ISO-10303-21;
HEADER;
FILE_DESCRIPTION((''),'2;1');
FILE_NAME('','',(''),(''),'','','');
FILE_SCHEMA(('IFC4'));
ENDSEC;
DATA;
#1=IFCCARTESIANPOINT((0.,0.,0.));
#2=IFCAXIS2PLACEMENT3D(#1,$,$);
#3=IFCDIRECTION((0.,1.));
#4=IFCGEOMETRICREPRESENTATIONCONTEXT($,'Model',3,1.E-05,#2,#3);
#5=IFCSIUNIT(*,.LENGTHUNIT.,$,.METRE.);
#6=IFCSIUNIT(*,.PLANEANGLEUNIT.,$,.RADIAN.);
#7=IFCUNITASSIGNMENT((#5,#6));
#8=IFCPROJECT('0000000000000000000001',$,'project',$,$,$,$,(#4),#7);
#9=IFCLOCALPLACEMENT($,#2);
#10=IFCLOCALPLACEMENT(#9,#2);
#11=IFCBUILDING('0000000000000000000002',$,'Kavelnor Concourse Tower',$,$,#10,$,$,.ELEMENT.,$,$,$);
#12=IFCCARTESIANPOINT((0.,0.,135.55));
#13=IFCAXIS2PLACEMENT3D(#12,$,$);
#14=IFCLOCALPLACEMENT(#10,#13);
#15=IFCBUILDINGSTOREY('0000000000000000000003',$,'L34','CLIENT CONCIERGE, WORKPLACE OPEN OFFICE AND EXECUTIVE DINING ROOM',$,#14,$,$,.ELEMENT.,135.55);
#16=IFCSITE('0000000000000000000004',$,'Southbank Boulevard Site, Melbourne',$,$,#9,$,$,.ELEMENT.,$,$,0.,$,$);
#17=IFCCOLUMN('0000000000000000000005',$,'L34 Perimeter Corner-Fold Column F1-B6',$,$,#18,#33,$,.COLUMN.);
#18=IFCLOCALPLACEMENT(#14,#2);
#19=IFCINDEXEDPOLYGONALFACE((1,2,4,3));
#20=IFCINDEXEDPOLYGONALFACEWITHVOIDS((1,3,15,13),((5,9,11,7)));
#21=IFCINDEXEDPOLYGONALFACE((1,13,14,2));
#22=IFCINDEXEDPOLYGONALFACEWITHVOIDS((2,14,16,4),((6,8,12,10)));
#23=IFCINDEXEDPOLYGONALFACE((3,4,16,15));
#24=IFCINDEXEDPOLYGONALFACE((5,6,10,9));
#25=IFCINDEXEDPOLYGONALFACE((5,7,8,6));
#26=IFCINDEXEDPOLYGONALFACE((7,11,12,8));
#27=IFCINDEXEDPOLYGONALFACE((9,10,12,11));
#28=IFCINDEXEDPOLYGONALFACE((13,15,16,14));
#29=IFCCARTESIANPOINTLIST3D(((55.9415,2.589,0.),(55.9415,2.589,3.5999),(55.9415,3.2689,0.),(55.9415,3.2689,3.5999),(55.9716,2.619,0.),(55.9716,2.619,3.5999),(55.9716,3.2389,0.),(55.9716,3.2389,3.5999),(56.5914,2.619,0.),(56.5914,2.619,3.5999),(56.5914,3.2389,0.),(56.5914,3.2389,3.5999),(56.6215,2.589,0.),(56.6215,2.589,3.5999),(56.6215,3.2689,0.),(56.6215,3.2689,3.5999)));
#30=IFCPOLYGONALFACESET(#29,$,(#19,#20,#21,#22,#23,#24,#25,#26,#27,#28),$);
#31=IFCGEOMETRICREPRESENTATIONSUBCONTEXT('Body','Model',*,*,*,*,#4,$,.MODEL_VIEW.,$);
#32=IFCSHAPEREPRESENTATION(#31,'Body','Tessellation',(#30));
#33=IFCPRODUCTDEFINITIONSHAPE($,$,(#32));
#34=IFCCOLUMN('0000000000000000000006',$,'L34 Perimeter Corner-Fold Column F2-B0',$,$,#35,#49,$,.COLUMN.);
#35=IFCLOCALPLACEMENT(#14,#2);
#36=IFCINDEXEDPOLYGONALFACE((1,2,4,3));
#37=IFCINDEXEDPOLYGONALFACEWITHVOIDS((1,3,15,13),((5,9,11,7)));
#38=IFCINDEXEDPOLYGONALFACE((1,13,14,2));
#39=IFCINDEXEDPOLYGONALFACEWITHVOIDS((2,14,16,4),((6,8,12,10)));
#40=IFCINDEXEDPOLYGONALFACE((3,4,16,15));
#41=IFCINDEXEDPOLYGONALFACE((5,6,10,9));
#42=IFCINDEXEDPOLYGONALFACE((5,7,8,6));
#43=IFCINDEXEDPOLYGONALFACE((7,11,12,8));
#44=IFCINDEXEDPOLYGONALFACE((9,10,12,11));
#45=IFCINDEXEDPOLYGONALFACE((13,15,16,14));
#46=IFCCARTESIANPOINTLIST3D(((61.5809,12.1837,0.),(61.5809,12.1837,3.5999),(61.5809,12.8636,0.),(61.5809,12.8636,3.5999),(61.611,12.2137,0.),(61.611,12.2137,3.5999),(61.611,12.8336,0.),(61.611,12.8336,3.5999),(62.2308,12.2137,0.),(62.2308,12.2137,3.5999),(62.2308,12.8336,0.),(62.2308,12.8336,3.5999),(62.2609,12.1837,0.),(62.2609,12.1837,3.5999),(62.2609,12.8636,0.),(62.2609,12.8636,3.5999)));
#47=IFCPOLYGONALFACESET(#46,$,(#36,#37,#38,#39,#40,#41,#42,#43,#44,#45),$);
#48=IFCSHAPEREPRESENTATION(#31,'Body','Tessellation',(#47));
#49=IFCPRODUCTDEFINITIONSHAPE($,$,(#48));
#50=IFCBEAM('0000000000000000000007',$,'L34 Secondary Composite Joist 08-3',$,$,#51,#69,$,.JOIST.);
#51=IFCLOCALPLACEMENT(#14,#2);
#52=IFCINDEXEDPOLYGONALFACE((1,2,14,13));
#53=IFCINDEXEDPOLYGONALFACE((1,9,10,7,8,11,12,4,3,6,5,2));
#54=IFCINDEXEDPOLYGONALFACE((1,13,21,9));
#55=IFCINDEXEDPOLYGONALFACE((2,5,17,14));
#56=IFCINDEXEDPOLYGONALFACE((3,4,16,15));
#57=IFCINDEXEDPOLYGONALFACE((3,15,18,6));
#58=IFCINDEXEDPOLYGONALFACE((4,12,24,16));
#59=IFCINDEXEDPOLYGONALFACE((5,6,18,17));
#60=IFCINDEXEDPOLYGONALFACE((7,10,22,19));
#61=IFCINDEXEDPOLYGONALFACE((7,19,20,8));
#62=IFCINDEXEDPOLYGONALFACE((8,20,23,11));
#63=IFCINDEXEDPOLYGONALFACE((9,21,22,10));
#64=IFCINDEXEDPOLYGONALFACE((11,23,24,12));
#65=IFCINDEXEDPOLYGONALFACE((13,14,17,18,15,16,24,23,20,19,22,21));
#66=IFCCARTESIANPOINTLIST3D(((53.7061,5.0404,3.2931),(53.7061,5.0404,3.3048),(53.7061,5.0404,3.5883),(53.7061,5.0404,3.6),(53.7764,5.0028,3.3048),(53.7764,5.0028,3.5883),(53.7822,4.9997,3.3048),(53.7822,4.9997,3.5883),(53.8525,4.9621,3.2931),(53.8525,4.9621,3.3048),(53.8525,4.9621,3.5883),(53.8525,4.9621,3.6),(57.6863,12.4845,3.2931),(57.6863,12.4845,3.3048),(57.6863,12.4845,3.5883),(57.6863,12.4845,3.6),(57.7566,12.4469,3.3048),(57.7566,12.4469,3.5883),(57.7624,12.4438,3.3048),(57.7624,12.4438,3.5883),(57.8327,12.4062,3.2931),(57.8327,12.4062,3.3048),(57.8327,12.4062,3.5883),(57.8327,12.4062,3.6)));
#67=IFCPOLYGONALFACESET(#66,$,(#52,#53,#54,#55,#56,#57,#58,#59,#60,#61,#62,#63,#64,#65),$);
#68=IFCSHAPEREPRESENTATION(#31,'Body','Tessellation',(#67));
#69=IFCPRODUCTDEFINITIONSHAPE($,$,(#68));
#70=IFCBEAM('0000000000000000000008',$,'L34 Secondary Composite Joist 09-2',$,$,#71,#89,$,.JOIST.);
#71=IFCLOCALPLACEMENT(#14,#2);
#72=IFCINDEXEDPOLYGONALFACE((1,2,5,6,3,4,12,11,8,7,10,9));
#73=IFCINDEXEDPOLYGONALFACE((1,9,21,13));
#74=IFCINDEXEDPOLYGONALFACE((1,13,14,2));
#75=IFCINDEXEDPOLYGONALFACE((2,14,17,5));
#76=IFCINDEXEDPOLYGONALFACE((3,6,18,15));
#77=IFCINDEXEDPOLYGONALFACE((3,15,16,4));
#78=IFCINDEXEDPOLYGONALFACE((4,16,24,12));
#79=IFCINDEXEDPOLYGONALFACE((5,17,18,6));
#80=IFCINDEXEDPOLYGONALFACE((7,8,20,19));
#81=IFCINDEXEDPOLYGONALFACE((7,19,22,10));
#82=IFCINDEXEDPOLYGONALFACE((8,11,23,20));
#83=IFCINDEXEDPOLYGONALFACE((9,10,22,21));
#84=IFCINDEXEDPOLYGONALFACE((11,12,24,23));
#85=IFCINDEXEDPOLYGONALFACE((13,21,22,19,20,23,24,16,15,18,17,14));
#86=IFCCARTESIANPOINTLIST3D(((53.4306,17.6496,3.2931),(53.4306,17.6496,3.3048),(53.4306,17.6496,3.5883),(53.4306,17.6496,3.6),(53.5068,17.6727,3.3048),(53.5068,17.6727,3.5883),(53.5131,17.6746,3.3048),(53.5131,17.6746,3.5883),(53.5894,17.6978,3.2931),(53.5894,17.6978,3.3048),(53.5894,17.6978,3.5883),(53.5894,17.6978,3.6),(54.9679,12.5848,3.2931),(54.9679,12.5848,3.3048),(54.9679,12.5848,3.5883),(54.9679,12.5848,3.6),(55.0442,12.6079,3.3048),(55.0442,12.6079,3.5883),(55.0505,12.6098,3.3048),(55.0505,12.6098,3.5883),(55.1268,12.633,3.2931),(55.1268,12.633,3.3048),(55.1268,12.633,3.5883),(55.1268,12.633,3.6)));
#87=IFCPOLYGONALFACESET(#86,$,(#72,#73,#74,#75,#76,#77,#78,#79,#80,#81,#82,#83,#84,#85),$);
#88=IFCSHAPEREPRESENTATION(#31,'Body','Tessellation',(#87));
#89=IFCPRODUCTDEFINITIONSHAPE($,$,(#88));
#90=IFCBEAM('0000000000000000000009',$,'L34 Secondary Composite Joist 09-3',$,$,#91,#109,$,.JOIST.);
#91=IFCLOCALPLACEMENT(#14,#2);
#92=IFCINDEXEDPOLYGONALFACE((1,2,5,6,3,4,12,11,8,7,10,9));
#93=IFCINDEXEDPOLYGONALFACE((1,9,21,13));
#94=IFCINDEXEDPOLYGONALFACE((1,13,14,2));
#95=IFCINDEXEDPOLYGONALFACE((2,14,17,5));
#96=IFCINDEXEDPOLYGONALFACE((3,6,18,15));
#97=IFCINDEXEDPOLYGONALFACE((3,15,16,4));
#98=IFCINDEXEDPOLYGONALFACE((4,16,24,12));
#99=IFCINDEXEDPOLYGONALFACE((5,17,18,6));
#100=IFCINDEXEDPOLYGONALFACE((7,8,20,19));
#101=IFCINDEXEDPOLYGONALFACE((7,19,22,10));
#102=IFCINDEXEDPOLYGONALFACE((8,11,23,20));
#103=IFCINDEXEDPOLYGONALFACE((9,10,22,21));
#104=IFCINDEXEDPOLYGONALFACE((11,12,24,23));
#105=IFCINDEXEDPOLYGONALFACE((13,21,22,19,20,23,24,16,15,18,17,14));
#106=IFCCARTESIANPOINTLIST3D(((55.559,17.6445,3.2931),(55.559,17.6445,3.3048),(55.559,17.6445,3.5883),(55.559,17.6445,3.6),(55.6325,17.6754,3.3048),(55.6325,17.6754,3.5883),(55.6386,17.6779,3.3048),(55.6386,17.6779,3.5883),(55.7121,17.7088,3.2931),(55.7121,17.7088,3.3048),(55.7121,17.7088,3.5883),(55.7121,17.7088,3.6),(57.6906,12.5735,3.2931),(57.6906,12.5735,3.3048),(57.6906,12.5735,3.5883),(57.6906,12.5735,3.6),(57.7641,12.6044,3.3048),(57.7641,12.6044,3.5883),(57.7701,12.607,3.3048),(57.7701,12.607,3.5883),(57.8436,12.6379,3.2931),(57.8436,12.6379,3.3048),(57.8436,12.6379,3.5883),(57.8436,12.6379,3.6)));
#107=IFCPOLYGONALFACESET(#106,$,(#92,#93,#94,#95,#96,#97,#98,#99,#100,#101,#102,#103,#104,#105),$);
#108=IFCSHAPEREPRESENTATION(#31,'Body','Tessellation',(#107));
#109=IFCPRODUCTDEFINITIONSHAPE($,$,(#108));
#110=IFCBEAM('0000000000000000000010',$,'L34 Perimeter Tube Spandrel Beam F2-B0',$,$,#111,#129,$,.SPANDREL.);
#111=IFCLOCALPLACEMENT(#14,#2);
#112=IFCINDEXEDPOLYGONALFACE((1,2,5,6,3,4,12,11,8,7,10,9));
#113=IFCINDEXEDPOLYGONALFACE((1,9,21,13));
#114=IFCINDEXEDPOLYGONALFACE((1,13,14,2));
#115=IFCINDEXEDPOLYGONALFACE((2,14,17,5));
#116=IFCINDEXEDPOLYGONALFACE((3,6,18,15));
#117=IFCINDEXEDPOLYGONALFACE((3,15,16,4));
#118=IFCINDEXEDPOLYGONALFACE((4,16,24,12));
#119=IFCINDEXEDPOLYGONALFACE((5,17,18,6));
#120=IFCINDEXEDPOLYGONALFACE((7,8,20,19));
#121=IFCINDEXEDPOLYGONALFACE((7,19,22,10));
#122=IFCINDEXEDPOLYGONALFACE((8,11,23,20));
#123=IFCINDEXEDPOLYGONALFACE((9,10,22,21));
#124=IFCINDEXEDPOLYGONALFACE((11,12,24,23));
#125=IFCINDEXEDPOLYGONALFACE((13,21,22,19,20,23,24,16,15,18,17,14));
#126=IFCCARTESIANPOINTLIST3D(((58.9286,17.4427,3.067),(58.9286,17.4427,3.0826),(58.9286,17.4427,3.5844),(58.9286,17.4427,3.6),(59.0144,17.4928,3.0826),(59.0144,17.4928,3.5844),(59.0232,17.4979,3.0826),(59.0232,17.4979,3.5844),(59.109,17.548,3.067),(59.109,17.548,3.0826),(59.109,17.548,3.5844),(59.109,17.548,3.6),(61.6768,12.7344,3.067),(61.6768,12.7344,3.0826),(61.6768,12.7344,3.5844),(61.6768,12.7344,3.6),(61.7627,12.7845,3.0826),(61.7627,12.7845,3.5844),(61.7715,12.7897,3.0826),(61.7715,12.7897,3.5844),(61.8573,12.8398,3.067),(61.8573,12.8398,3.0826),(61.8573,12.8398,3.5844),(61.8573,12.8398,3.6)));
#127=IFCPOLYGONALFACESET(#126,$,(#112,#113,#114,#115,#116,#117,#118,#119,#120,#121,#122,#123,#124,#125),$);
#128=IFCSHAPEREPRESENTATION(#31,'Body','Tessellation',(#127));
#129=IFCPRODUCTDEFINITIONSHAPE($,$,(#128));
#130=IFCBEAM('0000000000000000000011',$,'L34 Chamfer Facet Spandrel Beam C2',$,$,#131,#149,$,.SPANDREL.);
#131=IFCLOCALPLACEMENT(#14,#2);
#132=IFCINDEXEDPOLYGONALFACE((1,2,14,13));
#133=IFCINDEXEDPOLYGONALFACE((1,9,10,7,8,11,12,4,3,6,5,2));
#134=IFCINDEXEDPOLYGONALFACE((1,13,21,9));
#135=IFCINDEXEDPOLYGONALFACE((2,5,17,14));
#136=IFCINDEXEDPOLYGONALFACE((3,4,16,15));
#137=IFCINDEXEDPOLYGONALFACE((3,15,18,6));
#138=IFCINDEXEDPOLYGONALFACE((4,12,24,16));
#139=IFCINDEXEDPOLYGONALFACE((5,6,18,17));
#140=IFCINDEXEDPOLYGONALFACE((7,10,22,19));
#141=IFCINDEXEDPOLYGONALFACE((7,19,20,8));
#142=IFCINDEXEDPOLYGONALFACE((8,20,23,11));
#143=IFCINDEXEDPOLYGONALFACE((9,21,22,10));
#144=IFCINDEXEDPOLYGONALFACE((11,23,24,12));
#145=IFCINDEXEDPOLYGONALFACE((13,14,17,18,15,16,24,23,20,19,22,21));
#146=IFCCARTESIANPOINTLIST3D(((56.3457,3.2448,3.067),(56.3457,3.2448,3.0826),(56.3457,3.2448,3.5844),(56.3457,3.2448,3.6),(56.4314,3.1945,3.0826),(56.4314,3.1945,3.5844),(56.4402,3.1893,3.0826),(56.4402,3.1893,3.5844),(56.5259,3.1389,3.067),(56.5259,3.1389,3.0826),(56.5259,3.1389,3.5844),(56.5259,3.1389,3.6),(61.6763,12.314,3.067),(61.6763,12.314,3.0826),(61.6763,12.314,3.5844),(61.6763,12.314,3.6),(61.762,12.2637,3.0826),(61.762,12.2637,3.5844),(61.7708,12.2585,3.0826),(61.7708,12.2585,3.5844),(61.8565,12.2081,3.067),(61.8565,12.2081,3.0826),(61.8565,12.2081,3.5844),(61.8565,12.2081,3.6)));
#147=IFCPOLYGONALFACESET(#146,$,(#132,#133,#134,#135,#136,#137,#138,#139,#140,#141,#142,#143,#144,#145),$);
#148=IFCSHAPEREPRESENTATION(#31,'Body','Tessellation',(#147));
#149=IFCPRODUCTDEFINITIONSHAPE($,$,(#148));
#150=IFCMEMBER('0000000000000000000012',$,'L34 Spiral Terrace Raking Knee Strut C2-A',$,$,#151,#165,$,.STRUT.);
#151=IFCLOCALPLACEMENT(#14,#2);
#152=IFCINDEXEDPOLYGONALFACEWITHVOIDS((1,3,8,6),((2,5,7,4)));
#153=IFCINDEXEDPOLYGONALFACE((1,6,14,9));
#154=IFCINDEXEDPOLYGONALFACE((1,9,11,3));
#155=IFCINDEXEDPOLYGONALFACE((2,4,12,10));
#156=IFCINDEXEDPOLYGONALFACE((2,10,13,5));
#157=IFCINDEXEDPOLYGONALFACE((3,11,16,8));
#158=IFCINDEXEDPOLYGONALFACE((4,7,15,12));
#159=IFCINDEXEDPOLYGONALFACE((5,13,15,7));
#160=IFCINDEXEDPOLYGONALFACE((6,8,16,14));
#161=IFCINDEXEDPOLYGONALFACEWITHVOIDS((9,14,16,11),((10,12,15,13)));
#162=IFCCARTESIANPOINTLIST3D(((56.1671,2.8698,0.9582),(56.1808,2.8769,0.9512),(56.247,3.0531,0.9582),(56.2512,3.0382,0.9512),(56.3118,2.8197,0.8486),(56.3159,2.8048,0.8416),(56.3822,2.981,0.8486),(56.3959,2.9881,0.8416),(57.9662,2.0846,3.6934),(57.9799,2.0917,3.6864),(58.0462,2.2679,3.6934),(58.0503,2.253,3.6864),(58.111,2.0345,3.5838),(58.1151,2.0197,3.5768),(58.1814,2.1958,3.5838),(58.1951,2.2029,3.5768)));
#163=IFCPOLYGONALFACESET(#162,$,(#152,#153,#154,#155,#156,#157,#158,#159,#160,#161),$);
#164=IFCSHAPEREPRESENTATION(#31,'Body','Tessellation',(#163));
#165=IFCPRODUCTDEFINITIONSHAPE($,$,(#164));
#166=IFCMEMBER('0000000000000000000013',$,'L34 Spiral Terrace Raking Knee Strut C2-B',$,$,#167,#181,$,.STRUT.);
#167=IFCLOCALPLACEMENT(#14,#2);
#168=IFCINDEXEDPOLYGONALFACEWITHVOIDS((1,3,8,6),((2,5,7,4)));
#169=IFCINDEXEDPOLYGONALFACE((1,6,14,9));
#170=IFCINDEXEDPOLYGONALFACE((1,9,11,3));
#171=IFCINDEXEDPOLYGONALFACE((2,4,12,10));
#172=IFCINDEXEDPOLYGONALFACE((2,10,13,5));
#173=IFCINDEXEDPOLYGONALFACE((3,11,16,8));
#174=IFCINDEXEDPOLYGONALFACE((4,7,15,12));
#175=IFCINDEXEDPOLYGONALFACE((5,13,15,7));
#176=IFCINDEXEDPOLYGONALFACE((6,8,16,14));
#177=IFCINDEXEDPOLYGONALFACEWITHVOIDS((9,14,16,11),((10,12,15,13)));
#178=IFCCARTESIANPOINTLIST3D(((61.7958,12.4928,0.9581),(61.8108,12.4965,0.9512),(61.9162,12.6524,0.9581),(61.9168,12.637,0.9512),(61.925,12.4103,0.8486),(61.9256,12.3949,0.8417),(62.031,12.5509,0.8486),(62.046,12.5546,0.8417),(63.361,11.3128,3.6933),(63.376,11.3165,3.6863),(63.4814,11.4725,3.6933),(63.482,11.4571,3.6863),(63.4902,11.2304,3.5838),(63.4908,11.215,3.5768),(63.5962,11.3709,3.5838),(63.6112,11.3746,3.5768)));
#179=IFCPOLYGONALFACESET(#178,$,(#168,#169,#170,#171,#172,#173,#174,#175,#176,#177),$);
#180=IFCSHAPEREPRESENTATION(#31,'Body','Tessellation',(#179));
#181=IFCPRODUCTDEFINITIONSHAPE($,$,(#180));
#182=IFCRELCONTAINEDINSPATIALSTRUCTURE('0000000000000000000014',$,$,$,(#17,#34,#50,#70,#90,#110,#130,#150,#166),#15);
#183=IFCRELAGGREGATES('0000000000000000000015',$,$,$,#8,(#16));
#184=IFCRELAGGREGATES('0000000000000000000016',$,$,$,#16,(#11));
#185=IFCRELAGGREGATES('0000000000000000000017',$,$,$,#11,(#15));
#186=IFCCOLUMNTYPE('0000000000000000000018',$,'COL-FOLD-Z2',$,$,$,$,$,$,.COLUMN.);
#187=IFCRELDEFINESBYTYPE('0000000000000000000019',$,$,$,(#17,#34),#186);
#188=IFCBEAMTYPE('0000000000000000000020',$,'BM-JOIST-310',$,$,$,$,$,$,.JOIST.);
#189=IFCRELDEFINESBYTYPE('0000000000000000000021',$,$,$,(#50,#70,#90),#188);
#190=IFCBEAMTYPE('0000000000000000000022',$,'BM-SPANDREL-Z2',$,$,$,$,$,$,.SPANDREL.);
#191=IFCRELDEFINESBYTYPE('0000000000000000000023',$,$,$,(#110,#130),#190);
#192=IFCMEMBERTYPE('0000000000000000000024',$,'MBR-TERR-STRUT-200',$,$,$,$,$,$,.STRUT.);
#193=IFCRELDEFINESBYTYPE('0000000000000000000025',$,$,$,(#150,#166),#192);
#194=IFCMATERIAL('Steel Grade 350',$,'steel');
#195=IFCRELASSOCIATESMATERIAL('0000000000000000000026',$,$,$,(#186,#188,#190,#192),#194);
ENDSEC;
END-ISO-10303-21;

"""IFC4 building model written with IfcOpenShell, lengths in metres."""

from ifc_helpers import new_model, si_unit, direction, frame, origin, origin_2d, place, context, subcontext, project, spatial, hollow_rectangle, i_section, extrude, material, material_profile, profile_set, type_object, element, save


model = new_model("IFC4")

# Units and contexts
model_context = context("Model", 3, precision=1e-05, world=origin(), true_north=direction((0.0, 1.0)))
body_context = subcontext(model_context, "Body", "Model", "MODEL_VIEW")
ifc_project = project(units=[si_unit("LENGTHUNIT", "METRE"), si_unit("PLANEANGLEUNIT", "RADIAN")], contexts=[model_context])

# Site, building, storey
site_placement = place(None, origin())
site = spatial("IfcSite", under=ifc_project, at=site_placement, Name="Southbank Boulevard Site, Melbourne", CompositionType="ELEMENT", RefElevation=0.0)
building_placement = place(site_placement, origin())
building = spatial("IfcBuilding", under=site, at=building_placement, Name="Kavelnor Concourse Tower", CompositionType="ELEMENT")
storey_placement = place(building_placement, frame((0.0, 0.0, 135.55)))
storey = spatial("IfcBuildingStorey", under=building, at=storey_placement, Name="L34", Description="CLIENT CONCIERGE, WORKPLACE OPEN OFFICE AND EXECUTIVE DINING ROOM", CompositionType="ELEMENT", Elevation=135.55)

# Columns
ifc_material_1 = material(Name="Steel Grade 350", Category="steel")
ifc_material_profile_1 = material_profile(ifc_material_1, hollow_rectangle(XDim=0.6799, YDim=0.6799, WallThickness=0.03, at=origin_2d()), Name="SHS 680x680x30")
ifc_profile_set_1 = profile_set([ifc_material_profile_1], Name="Steel Grade 350")
column_type = type_object("IfcColumnType", Name="COL-FOLD-Z2", PredefinedType="COLUMN", material=ifc_profile_set_1)
for number, where, z_axis, x_axis, name in (
    (1, (56.2815, 2.929, 0.0), (0.0, 0.0, 1.0), (1.0, 0.0, 0.0), "L34 Perimeter Corner-Fold Column F1-B6"),
    (2, (61.9209, 12.5237, 0.0), (0.0, 0.0, 1.0), (1.0, 0.0, 0.0), "L34 Perimeter Corner-Fold Column F2-B0"),
):
    element("IfcColumn", number, at=place(storey_placement, frame(where, z_axis=z_axis, x_axis=x_axis)), inside=storey, type_object=column_type, Name=name, PredefinedType="COLUMN", context=body_context, shape_type="SweptSolid", body=[
        extrude(hollow_rectangle(XDim=0.6799, YDim=0.6799, WallThickness=0.03, at=origin_2d()), origin(), (0.0, 0.0, 1.0), 3.5999),
    ])

# Beams
ifc_material_profile_2 = material_profile(ifc_material_1, i_section(OverallWidth=0.166, OverallDepth=0.3069, WebThickness=0.0066, FlangeThickness=0.0117, at=origin_2d()), Name="310UB46")
ifc_profile_set_2 = profile_set([ifc_material_profile_2], Name="Steel Grade 350")
beam_type_1 = type_object("IfcBeamType", Name="BM-JOIST-310", PredefinedType="JOIST", material=ifc_profile_set_2)
beam_1_placement = place(storey_placement, frame((53.7793, 5.0012, 3.4465), z_axis=(0.471514, 0.881858, 0.0), x_axis=(-0.881858, 0.471514, 0.0)))
element("IfcBeam", 3, at=beam_1_placement, inside=storey, type_object=beam_type_1, Name="L34 Secondary Composite Joist 08-3", PredefinedType="JOIST", context=body_context, shape_type="SweptSolid", body=[
    extrude(i_section(OverallWidth=0.166, OverallDepth=0.3069, WebThickness=0.0066, FlangeThickness=0.0117, at=origin_2d()), origin(), (0.0, 0.0, 1.0), 8.4414),
])
beam_2_placement = place(storey_placement, frame((55.0474, 12.6089, 3.4465), z_axis=(-0.290457, 0.956888, 0.0), x_axis=(-0.956888, -0.290457, 0.0)))
element("IfcBeam", 4, at=beam_2_placement, inside=storey, type_object=beam_type_1, Name="L34 Secondary Composite Joist 09-2", PredefinedType="JOIST", context=body_context, shape_type="SweptSolid", body=[
    extrude(i_section(OverallWidth=0.166, OverallDepth=0.3069, WebThickness=0.0066, FlangeThickness=0.0117, at=origin_2d()), origin(), (0.0, 0.0, 1.0), 5.293),
])
beam_3_placement = place(storey_placement, frame((57.7671, 12.6057, 3.4465), z_axis=(-0.387503, 0.921868, 0.0), x_axis=(-0.921868, -0.387503, 0.0)))
element("IfcBeam", 5, at=beam_3_placement, inside=storey, type_object=beam_type_1, Name="L34 Secondary Composite Joist 09-3", PredefinedType="JOIST", context=body_context, shape_type="SweptSolid", body=[
    extrude(i_section(OverallWidth=0.166, OverallDepth=0.3069, WebThickness=0.0066, FlangeThickness=0.0117, at=origin_2d()), origin(), (0.0, 0.0, 1.0), 5.5007),
])
ifc_material_profile_3 = material_profile(ifc_material_1, i_section(OverallWidth=0.209, OverallDepth=0.533, WebThickness=0.0103, FlangeThickness=0.0156, at=origin_2d()), Name="530UB92")
ifc_profile_set_3 = profile_set([ifc_material_profile_3], Name="Steel Grade 350")
beam_type_2 = type_object("IfcBeamType", Name="BM-SPANDREL-Z2", PredefinedType="SPANDREL", material=ifc_profile_set_3)
beam_4_placement = place(storey_placement, frame((61.7671, 12.7871, 3.3335), z_axis=(-0.504119, 0.863634, 0.0), x_axis=(-0.863634, -0.504119, 0.0)))
element("IfcBeam", 6, at=beam_4_placement, inside=storey, type_object=beam_type_2, Name="L34 Perimeter Tube Spandrel Beam F2-B0", PredefinedType="SPANDREL", context=body_context, shape_type="SweptSolid", body=[
    extrude(i_section(OverallWidth=0.209, OverallDepth=0.533, WebThickness=0.0103, FlangeThickness=0.0156, at=origin_2d()), origin(), (0.0, 0.0, 1.0), 5.4517),
])
beam_5_placement = place(storey_placement, frame((56.4358, 3.1919, 3.3335), z_axis=(0.506724, 0.862108, 0.0), x_axis=(-0.862108, 0.506724, 0.0)))
element("IfcBeam", 7, at=beam_5_placement, inside=storey, type_object=beam_type_2, Name="L34 Chamfer Facet Spandrel Beam C2", PredefinedType="SPANDREL", context=body_context, shape_type="SweptSolid", body=[
    extrude(i_section(OverallWidth=0.209, OverallDepth=0.533, WebThickness=0.0103, FlangeThickness=0.0156, at=origin_2d()), origin(), (0.0, 0.0, 1.0), 10.5198),
])

# Members
ifc_material_profile_4 = material_profile(ifc_material_1, hollow_rectangle(XDim=0.2, YDim=0.2, WallThickness=0.012, at=origin_2d()), Name="SHS 200x200x12")
ifc_profile_set_4 = profile_set([ifc_material_profile_4], Name="Steel Grade 350")
member_type = type_object("IfcMemberType", Name="MBR-TERR-STRUT-200", PredefinedType="STRUT", material=ifc_profile_set_4)
member_1_placement = place(storey_placement, frame((56.2815, 2.929, 0.8999), z_axis=(0.53439, -0.23322, 0.812426), x_axis=(0.39999, 0.916519, 0.0)))
element("IfcMember", 8, at=member_1_placement, inside=storey, type_object=member_type, Name="L34 Spiral Terrace Raking Knee Strut C2-A", PredefinedType="STRUT", context=body_context, shape_type="SweptSolid", body=[
    extrude(hollow_rectangle(XDim=0.2, YDim=0.2, WallThickness=0.012, at=origin_2d()), origin(), (0.0, 0.0, 1.0), 3.3667),
])
member_2_placement = place(storey_placement, frame((61.9209, 12.5237, 0.8999), z_axis=(0.465144, -0.350654, 0.812824), x_axis=(0.601971, 0.798518, 0.0)))
element("IfcMember", 9, at=member_2_placement, inside=storey, type_object=member_type, Name="L34 Spiral Terrace Raking Knee Strut C2-B", PredefinedType="STRUT", context=body_context, shape_type="SweptSolid", body=[
    extrude(hollow_rectangle(XDim=0.2, YDim=0.2, WallThickness=0.012, at=origin_2d()), origin(), (0.0, 0.0, 1.0), 3.365),
])

save(model, "model.ifc")
